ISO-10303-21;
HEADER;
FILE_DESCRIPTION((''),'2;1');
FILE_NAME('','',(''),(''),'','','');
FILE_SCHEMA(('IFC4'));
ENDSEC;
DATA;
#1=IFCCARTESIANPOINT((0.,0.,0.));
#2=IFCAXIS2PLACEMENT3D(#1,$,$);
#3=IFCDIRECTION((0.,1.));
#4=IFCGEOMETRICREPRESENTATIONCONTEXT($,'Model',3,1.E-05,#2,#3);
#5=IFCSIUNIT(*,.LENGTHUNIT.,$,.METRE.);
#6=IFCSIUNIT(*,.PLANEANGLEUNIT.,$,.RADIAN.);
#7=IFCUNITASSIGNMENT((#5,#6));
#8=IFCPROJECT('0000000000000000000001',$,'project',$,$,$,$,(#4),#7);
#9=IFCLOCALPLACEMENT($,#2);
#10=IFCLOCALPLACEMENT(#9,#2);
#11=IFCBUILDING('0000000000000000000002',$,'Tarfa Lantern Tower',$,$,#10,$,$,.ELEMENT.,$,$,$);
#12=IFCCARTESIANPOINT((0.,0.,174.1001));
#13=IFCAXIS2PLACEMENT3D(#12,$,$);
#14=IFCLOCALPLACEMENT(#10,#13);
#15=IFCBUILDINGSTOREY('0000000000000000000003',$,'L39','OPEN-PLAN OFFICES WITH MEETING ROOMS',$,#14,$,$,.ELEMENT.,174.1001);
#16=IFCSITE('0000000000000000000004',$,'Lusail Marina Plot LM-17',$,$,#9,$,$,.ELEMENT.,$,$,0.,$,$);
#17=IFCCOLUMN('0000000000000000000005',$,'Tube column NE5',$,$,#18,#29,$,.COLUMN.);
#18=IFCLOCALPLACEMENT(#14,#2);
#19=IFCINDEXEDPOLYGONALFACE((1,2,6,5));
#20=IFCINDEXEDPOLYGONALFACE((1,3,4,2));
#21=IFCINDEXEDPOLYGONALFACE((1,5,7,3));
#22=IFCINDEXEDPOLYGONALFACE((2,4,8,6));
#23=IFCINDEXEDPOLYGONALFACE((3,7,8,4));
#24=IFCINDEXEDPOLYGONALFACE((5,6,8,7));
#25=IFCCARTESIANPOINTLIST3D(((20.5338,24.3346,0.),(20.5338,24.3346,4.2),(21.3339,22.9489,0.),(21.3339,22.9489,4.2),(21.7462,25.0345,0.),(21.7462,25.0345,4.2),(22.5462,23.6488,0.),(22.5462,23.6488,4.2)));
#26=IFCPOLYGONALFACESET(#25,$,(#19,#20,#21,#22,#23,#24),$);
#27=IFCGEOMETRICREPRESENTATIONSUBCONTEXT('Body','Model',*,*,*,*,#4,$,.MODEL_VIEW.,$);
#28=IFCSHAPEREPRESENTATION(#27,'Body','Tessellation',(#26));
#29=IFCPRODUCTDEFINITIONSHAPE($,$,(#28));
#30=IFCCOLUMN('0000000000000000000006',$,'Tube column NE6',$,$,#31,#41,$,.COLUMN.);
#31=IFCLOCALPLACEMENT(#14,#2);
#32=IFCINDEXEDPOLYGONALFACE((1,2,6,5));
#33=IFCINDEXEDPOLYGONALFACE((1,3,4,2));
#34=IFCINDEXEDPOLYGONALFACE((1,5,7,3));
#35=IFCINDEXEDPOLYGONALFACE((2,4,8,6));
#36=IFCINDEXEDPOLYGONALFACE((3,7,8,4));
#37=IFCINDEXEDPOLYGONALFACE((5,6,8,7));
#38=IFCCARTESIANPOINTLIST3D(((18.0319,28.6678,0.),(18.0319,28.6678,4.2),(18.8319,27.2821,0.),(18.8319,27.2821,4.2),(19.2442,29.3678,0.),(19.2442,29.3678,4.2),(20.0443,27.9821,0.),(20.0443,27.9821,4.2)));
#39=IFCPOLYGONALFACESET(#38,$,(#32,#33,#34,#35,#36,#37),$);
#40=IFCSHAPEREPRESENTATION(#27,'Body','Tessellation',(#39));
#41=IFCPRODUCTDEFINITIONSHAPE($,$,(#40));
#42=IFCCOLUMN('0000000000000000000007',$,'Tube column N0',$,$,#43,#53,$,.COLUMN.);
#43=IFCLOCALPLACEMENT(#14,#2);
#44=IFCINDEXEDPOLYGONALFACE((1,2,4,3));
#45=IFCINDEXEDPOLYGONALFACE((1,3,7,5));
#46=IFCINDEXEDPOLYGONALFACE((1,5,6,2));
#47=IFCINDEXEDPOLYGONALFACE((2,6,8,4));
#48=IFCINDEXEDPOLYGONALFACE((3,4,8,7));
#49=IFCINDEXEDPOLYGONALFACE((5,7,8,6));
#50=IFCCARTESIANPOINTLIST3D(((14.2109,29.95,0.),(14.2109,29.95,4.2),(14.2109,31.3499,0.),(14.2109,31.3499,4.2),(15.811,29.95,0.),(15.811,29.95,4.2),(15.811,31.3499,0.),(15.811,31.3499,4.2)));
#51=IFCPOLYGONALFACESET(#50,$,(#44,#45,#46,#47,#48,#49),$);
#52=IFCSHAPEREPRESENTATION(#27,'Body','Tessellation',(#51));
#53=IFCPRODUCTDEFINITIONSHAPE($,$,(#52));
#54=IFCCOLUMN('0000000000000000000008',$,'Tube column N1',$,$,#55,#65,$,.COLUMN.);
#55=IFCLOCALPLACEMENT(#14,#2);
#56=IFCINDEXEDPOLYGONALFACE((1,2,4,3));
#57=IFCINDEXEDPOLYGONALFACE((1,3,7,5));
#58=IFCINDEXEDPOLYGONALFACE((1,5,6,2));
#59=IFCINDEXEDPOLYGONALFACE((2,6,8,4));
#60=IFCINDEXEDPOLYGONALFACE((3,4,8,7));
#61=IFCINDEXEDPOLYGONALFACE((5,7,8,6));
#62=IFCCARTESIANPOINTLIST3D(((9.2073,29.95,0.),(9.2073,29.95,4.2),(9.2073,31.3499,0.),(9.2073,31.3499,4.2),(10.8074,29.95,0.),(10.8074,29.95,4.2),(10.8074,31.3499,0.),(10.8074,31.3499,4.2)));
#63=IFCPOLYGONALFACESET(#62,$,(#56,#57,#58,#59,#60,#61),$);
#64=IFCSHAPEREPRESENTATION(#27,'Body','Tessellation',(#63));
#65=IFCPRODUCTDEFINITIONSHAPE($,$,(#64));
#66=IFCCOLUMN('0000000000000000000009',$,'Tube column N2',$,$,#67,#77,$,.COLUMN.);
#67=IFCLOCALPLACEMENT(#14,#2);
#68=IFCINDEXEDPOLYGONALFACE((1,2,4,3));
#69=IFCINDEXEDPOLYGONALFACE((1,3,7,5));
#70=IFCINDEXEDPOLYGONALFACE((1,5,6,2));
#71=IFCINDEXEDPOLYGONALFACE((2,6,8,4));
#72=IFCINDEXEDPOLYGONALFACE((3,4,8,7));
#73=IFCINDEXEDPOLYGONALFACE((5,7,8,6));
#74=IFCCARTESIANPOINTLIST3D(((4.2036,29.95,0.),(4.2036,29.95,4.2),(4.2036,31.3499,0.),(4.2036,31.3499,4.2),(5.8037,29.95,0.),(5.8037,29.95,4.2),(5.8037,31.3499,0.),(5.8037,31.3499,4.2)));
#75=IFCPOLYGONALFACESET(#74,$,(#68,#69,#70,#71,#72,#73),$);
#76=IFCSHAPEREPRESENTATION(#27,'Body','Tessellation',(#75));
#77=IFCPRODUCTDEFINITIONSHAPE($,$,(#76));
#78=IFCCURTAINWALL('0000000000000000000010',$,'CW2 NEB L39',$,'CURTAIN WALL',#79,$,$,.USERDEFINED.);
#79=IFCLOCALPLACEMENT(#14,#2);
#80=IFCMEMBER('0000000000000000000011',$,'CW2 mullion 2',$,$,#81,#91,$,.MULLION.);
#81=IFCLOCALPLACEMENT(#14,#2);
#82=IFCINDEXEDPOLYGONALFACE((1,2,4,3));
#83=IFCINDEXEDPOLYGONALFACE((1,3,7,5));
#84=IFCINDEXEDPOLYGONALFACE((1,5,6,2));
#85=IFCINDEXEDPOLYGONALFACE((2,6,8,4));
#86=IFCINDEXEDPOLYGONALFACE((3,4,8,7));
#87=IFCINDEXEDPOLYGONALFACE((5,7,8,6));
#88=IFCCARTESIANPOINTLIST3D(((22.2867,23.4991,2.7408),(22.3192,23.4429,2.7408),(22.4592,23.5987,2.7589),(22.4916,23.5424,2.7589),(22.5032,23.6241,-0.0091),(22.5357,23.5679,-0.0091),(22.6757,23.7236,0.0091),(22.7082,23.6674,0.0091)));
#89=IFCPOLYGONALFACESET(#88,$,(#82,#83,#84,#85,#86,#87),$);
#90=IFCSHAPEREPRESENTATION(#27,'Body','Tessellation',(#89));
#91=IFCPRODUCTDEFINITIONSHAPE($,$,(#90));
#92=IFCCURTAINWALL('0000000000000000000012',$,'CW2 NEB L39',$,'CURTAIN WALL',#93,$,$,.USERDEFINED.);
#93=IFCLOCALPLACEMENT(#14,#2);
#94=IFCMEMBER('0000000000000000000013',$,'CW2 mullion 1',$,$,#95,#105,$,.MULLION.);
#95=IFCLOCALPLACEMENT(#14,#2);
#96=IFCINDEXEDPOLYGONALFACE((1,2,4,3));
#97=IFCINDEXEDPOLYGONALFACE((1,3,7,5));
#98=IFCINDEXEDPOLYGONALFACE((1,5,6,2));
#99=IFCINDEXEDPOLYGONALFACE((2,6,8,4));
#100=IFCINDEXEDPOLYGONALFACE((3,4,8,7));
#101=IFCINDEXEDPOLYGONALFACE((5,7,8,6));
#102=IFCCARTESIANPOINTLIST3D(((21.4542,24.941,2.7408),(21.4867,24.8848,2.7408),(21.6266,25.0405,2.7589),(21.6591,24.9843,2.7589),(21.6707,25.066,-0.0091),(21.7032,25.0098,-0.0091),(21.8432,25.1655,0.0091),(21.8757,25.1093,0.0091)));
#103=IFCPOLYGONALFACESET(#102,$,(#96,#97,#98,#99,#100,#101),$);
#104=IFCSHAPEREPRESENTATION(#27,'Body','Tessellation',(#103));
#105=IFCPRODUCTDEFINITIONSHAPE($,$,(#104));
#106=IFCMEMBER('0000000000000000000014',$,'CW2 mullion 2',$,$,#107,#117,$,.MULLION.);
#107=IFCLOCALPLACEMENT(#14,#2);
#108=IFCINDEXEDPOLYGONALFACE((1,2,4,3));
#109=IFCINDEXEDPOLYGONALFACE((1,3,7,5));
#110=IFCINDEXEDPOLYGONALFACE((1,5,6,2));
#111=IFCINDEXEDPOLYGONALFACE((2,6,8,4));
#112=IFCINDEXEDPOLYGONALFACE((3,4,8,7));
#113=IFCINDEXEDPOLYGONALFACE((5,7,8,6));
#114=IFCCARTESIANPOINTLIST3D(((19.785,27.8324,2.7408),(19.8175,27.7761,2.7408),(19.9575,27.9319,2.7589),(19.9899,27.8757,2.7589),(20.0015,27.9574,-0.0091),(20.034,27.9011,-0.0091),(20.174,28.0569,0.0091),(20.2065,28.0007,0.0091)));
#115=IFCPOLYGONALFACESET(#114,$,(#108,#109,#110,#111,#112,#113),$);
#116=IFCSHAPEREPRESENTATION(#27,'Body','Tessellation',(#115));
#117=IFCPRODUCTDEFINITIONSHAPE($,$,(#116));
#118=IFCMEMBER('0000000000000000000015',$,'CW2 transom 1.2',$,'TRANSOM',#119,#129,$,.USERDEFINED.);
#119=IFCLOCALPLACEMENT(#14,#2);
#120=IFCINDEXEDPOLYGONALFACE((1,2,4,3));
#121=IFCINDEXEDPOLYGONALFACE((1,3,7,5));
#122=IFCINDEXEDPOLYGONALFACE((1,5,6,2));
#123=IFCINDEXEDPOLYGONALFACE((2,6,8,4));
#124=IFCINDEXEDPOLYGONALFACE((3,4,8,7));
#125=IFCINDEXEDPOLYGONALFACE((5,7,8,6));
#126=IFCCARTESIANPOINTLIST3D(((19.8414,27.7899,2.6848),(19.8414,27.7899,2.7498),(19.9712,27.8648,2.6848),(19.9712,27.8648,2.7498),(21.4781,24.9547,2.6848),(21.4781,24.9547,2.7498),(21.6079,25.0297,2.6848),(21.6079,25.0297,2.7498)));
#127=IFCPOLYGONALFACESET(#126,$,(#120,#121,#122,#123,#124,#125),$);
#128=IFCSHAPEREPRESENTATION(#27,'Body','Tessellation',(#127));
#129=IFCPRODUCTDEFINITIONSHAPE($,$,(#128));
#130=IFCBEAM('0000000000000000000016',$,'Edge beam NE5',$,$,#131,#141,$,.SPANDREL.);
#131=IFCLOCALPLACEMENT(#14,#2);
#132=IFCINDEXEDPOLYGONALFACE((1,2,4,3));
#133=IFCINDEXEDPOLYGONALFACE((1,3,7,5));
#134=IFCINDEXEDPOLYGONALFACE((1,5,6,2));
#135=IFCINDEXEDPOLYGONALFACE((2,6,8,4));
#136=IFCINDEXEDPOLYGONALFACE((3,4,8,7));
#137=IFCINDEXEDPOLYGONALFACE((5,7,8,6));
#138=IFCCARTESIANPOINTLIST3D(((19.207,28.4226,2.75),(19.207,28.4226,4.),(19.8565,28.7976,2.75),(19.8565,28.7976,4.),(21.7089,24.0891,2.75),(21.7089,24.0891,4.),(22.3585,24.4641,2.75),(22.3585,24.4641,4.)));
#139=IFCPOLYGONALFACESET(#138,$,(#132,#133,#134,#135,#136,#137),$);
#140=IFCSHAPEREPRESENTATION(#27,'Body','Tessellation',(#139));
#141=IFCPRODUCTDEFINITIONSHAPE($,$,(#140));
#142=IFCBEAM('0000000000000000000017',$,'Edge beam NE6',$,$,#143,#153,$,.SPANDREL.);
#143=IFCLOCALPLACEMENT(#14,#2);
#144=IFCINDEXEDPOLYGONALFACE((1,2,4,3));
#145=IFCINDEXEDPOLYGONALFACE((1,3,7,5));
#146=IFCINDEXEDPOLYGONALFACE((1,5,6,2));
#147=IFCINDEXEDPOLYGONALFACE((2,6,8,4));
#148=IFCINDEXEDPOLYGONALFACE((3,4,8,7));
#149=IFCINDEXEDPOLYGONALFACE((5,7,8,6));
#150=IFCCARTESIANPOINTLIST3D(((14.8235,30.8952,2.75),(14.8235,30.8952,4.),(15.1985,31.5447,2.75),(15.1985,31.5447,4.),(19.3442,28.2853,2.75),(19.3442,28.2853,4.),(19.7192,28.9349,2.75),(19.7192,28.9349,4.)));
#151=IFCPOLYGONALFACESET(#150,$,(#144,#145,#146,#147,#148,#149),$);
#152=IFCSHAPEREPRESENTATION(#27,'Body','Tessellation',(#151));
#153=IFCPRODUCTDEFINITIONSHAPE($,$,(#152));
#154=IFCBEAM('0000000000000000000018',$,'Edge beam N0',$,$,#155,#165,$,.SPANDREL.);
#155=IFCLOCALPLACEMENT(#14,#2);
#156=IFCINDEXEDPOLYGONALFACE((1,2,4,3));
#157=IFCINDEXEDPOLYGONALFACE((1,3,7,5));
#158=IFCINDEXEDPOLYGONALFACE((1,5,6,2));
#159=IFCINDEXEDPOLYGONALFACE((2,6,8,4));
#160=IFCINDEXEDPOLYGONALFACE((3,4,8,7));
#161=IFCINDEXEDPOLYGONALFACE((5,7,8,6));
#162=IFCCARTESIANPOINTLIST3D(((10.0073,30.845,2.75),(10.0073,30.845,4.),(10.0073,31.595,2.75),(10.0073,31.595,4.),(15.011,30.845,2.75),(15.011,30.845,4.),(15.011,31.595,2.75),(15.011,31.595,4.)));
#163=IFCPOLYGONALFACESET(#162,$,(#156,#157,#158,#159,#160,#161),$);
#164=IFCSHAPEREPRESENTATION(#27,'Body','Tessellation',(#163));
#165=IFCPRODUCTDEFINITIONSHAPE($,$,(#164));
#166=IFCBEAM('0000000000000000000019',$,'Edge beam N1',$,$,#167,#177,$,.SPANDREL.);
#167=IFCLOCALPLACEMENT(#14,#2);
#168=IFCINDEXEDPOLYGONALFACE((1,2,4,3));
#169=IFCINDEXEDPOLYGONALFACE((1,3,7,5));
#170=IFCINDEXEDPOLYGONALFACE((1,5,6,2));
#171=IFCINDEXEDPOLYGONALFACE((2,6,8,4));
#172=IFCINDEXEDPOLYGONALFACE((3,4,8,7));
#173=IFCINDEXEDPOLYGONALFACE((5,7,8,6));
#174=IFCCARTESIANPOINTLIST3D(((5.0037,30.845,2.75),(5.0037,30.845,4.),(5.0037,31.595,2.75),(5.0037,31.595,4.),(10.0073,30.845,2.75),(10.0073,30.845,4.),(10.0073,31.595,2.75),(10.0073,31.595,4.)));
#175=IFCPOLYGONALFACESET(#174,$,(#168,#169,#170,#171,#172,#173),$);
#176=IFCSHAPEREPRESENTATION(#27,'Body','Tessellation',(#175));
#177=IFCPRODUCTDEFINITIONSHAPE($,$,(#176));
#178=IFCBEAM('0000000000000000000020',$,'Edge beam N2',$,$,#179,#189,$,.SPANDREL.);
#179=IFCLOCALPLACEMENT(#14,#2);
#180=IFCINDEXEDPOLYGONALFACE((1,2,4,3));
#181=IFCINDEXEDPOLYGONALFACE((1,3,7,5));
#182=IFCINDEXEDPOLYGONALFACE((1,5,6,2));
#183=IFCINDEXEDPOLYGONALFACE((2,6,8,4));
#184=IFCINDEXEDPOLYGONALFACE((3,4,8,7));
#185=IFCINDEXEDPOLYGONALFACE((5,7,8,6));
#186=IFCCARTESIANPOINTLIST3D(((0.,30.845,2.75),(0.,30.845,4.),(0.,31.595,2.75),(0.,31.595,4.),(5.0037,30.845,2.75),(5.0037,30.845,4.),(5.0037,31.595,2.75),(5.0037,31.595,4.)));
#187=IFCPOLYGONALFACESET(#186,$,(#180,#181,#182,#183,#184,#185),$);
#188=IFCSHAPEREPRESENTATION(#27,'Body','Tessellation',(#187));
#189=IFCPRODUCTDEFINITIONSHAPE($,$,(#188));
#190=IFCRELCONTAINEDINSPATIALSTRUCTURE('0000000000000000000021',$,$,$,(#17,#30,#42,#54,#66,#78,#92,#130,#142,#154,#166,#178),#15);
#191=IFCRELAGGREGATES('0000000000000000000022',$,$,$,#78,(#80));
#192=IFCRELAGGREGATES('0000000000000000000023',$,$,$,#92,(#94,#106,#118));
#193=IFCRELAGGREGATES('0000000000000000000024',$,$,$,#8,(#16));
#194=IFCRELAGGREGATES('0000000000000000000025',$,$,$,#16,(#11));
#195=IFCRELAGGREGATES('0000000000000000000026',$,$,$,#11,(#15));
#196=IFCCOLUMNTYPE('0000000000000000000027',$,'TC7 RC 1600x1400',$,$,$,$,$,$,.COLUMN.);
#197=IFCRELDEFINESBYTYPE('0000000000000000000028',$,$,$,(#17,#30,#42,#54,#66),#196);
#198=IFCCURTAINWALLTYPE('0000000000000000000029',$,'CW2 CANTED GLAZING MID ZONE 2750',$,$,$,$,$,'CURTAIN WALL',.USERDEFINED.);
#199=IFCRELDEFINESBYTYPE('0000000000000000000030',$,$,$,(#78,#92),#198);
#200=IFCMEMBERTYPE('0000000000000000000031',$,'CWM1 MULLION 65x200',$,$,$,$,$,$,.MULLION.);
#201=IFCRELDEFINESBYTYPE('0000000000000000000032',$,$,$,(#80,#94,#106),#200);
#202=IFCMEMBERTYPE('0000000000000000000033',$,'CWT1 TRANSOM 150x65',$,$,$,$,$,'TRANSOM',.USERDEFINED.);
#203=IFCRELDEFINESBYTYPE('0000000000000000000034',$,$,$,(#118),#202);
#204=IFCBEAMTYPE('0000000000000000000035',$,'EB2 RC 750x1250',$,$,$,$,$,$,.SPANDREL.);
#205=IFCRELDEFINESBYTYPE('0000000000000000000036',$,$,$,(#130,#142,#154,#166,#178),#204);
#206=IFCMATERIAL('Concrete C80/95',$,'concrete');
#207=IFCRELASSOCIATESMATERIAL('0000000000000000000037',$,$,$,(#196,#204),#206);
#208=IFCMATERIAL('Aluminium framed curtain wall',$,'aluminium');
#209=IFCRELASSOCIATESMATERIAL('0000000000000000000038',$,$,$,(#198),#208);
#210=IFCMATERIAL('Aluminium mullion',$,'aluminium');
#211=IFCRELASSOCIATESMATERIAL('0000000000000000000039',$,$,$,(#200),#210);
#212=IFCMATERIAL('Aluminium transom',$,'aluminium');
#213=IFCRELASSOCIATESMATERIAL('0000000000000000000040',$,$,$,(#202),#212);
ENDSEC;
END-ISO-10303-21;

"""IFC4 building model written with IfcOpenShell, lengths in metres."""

from ifc_helpers import new_model, si_unit, direction, frame, origin, origin_2d, place, context, subcontext, project, spatial, rectangle, extrude, material, material_profile, profile_set, type_object, element, aggregate, save


model = new_model("IFC4")

# Units and contexts
model_context = context("Model", 3, precision=1e-05, world=origin(), true_north=direction((0.0, 1.0)))
body_context = subcontext(model_context, "Body", "Model", "MODEL_VIEW")
ifc_project = project(units=[si_unit("LENGTHUNIT", "METRE"), si_unit("PLANEANGLEUNIT", "RADIAN")], contexts=[model_context])

# Site, building, storey
site_placement = place(None, origin())
site = spatial("IfcSite", under=ifc_project, at=site_placement, Name="Lusail Marina Plot LM-17", CompositionType="ELEMENT", RefElevation=0.0)
building_placement = place(site_placement, origin())
building = spatial("IfcBuilding", under=site, at=building_placement, Name="Tarfa Lantern Tower", CompositionType="ELEMENT")
storey_placement = place(building_placement, frame((0.0, 0.0, 174.1001)))
storey = spatial("IfcBuildingStorey", under=building, at=storey_placement, Name="L39", Description="OPEN-PLAN OFFICES WITH MEETING ROOMS", CompositionType="ELEMENT", Elevation=174.1001)

# Columns
ifc_material_1 = material(Name="Concrete C80/95", Category="concrete")
ifc_material_profile_1 = material_profile(ifc_material_1, rectangle(XDim=1.6001, YDim=1.3999, at=origin_2d()), Name="RC 1600x1400")
ifc_profile_set_1 = profile_set([ifc_material_profile_1], Name="Concrete C80/95")
column_type = type_object("IfcColumnType", Name="TC7 RC 1600x1400", PredefinedType="COLUMN", material=ifc_profile_set_1)
for number, where, z_axis, x_axis, name in (
    (1, (21.54, 23.9917, 0.0), (0.0, 0.0, 1.0), (-0.5, 0.866025, 0.0), "Tube column NE5"),
    (2, (19.0381, 28.325, 0.0), (0.0, 0.0, 1.0), (-0.5, 0.866025, 0.0), "Tube column NE6"),
    (3, (15.011, 30.6499, 0.0), (0.0, 0.0, 1.0), (-1.0, 0.0, 0.0), "Tube column N0"),
    (4, (10.0073, 30.6499, 0.0), (0.0, 0.0, 1.0), (-1.0, 0.0, 0.0), "Tube column N1"),
    (5, (5.0037, 30.6499, 0.0), (0.0, 0.0, 1.0), (-1.0, 0.0, 0.0), "Tube column N2"),
):
    element("IfcColumn", number, at=place(storey_placement, frame(where, z_axis=z_axis, x_axis=x_axis)), inside=storey, type_object=column_type, Name=name, PredefinedType="COLUMN", context=body_context, shape_type="SweptSolid", body=[
        extrude(rectangle(XDim=1.6001, YDim=1.3999, at=origin_2d()), origin(), (0.0, 0.0, 1.0), 4.2),
    ])

# Curtain wall, member
ifc_material_2 = material(Name="Aluminium framed curtain wall", Category="aluminium")
curtain_wall_type = type_object("IfcCurtainWallType", Name="CW2 CANTED GLAZING MID ZONE 2750", ElementType="CURTAIN WALL", PredefinedType="USERDEFINED", material=ifc_material_2)
curtain_wall_1_placement = place(storey_placement, origin())
curtain_wall_1 = element("IfcCurtainWall", 6, at=curtain_wall_1_placement, inside=storey, type_object=curtain_wall_type, Name="CW2 NEB L39", ObjectType="CURTAIN WALL", PredefinedType="USERDEFINED")
ifc_material_3 = material(Name="Aluminium mullion", Category="aluminium")
ifc_material_profile_2 = material_profile(ifc_material_3, rectangle(XDim=0.0649, YDim=0.2, at=origin_2d()), Name="AL MULLION 65x200")
ifc_profile_set_2 = profile_set([ifc_material_profile_2], Name="Aluminium mullion")
member_type_1 = type_object("IfcMemberType", Name="CWM1 MULLION 65x200", PredefinedType="MULLION", material=ifc_profile_set_2)
member_1_placement = place(storey_placement, frame((22.6057, 23.6458, 0.0), z_axis=(-0.078423, -0.045268, 0.995892), x_axis=(0.49992, -0.866072, 0.0)))
member_1 = element("IfcMember", 7, at=member_1_placement, type_object=member_type_1, Name="CW2 mullion 2", PredefinedType="MULLION", context=body_context, shape_type="SweptSolid", body=[
    extrude(rectangle(XDim=0.0649, YDim=0.2, at=origin_2d()), origin(), (0.0, 0.0, 1.0), 2.7612),
])
aggregate(curtain_wall_1, [member_1])

# Curtain wall, members
curtain_wall_2_placement = place(storey_placement, origin())
curtain_wall_2 = element("IfcCurtainWall", 8, at=curtain_wall_2_placement, inside=storey, type_object=curtain_wall_type, Name="CW2 NEB L39", ObjectType="CURTAIN WALL", PredefinedType="USERDEFINED")
member_2_placement = place(storey_placement, frame((21.7732, 25.0876, 0.0), z_axis=(-0.078423, -0.045268, 0.995892), x_axis=(0.49992, -0.866072, 0.0)))
member_2 = element("IfcMember", 9, at=member_2_placement, type_object=member_type_1, Name="CW2 mullion 1", PredefinedType="MULLION", context=body_context, shape_type="SweptSolid", body=[
    extrude(rectangle(XDim=0.0649, YDim=0.2, at=origin_2d()), origin(), (0.0, 0.0, 1.0), 2.7612),
])
member_3_placement = place(storey_placement, frame((20.104, 27.979, 0.0), z_axis=(-0.078423, -0.045268, 0.995892), x_axis=(0.49992, -0.866072, 0.0)))
member_3 = element("IfcMember", 10, at=member_3_placement, type_object=member_type_1, Name="CW2 mullion 2", PredefinedType="MULLION", context=body_context, shape_type="SweptSolid", body=[
    extrude(rectangle(XDim=0.0649, YDim=0.2, at=origin_2d()), origin(), (0.0, 0.0, 1.0), 2.7612),
])
ifc_material_4 = material(Name="Aluminium transom", Category="aluminium")
ifc_material_profile_3 = material_profile(ifc_material_4, rectangle(XDim=0.1499, YDim=0.0649, at=origin_2d()), Name="AL TRANSOM 150x65")
ifc_profile_set_3 = profile_set([ifc_material_profile_3], Name="Aluminium transom")
member_type_2 = type_object("IfcMemberType", Name="CWT1 TRANSOM 150x65", ElementType="TRANSOM", PredefinedType="USERDEFINED", material=ifc_profile_set_3)
member_4_placement = place(storey_placement, frame((21.543, 24.9922, 2.7173), z_axis=(-0.499957, 0.86605, 0.0), x_axis=(-0.86605, -0.499957, 0.0)))
member_4 = element("IfcMember", 11, at=member_4_placement, type_object=member_type_2, Name="CW2 transom 1.2", ObjectType="TRANSOM", PredefinedType="USERDEFINED", context=body_context, shape_type="SweptSolid", body=[
    extrude(rectangle(XDim=0.1499, YDim=0.0649, at=origin_2d()), origin(), (0.0, 0.0, 1.0), 3.2737),
])

# Beams
ifc_material_profile_4 = material_profile(ifc_material_1, rectangle(XDim=0.75, YDim=1.25, at=origin_2d()), Name="RC 750x1250")
ifc_profile_set_4 = profile_set([ifc_material_profile_4], Name="Concrete C80/95")
beam_type_1 = type_object("IfcBeamType", Name="EB2 RC 750x1250", PredefinedType="SPANDREL", material=ifc_profile_set_4)
beam_1_placement = place(storey_placement, frame((22.0337, 24.2766, 3.375), z_axis=(-0.500001, 0.866025, 0.0), x_axis=(-0.866025, -0.500001, 0.0)))
element("IfcBeam", 12, at=beam_1_placement, inside=storey, type_object=beam_type_1, Name="Edge beam NE5", PredefinedType="SPANDREL", context=body_context, shape_type="SweptSolid", body=[
    extrude(rectangle(XDim=0.75, YDim=1.25, at=origin_2d()), origin(), (0.0, 0.0, 1.0), 5.0039),
])
beam_2_placement = place(storey_placement, frame((19.5317, 28.6101, 3.375), z_axis=(-0.866042, 0.499972, 0.0), x_axis=(-0.499972, -0.866042, 0.0)))
element("IfcBeam", 13, at=beam_2_placement, inside=storey, type_object=beam_type_1, Name="Edge beam NE6", PredefinedType="SPANDREL", context=body_context, shape_type="SweptSolid", body=[
    extrude(rectangle(XDim=0.75, YDim=1.25, at=origin_2d()), origin(), (0.0, 0.0, 1.0), 5.22),
])
for number, where, z_axis, x_axis, name in (
    (14, (15.011, 31.22, 3.375), (-1.0, 0.0, 0.0), (0.0, -1.0, 0.0), "Edge beam N0"),
    (15, (10.0073, 31.22, 3.375), (-1.0, 0.0, 0.0), (0.0, -1.0, 0.0), "Edge beam N1"),
    (16, (5.0037, 31.22, 3.375), (-1.0, 0.0, 0.0), (0.0, -1.0, 0.0), "Edge beam N2"),
):
    element("IfcBeam", number, at=place(storey_placement, frame(where, z_axis=z_axis, x_axis=x_axis)), inside=storey, type_object=beam_type_1, Name=name, PredefinedType="SPANDREL", context=body_context, shape_type="SweptSolid", body=[
        extrude(rectangle(XDim=0.75, YDim=1.25, at=origin_2d()), origin(), (0.0, 0.0, 1.0), 5.0037),
    ])

aggregate(curtain_wall_2, [member_2, member_3, member_4])

save(model, "model.ifc")
